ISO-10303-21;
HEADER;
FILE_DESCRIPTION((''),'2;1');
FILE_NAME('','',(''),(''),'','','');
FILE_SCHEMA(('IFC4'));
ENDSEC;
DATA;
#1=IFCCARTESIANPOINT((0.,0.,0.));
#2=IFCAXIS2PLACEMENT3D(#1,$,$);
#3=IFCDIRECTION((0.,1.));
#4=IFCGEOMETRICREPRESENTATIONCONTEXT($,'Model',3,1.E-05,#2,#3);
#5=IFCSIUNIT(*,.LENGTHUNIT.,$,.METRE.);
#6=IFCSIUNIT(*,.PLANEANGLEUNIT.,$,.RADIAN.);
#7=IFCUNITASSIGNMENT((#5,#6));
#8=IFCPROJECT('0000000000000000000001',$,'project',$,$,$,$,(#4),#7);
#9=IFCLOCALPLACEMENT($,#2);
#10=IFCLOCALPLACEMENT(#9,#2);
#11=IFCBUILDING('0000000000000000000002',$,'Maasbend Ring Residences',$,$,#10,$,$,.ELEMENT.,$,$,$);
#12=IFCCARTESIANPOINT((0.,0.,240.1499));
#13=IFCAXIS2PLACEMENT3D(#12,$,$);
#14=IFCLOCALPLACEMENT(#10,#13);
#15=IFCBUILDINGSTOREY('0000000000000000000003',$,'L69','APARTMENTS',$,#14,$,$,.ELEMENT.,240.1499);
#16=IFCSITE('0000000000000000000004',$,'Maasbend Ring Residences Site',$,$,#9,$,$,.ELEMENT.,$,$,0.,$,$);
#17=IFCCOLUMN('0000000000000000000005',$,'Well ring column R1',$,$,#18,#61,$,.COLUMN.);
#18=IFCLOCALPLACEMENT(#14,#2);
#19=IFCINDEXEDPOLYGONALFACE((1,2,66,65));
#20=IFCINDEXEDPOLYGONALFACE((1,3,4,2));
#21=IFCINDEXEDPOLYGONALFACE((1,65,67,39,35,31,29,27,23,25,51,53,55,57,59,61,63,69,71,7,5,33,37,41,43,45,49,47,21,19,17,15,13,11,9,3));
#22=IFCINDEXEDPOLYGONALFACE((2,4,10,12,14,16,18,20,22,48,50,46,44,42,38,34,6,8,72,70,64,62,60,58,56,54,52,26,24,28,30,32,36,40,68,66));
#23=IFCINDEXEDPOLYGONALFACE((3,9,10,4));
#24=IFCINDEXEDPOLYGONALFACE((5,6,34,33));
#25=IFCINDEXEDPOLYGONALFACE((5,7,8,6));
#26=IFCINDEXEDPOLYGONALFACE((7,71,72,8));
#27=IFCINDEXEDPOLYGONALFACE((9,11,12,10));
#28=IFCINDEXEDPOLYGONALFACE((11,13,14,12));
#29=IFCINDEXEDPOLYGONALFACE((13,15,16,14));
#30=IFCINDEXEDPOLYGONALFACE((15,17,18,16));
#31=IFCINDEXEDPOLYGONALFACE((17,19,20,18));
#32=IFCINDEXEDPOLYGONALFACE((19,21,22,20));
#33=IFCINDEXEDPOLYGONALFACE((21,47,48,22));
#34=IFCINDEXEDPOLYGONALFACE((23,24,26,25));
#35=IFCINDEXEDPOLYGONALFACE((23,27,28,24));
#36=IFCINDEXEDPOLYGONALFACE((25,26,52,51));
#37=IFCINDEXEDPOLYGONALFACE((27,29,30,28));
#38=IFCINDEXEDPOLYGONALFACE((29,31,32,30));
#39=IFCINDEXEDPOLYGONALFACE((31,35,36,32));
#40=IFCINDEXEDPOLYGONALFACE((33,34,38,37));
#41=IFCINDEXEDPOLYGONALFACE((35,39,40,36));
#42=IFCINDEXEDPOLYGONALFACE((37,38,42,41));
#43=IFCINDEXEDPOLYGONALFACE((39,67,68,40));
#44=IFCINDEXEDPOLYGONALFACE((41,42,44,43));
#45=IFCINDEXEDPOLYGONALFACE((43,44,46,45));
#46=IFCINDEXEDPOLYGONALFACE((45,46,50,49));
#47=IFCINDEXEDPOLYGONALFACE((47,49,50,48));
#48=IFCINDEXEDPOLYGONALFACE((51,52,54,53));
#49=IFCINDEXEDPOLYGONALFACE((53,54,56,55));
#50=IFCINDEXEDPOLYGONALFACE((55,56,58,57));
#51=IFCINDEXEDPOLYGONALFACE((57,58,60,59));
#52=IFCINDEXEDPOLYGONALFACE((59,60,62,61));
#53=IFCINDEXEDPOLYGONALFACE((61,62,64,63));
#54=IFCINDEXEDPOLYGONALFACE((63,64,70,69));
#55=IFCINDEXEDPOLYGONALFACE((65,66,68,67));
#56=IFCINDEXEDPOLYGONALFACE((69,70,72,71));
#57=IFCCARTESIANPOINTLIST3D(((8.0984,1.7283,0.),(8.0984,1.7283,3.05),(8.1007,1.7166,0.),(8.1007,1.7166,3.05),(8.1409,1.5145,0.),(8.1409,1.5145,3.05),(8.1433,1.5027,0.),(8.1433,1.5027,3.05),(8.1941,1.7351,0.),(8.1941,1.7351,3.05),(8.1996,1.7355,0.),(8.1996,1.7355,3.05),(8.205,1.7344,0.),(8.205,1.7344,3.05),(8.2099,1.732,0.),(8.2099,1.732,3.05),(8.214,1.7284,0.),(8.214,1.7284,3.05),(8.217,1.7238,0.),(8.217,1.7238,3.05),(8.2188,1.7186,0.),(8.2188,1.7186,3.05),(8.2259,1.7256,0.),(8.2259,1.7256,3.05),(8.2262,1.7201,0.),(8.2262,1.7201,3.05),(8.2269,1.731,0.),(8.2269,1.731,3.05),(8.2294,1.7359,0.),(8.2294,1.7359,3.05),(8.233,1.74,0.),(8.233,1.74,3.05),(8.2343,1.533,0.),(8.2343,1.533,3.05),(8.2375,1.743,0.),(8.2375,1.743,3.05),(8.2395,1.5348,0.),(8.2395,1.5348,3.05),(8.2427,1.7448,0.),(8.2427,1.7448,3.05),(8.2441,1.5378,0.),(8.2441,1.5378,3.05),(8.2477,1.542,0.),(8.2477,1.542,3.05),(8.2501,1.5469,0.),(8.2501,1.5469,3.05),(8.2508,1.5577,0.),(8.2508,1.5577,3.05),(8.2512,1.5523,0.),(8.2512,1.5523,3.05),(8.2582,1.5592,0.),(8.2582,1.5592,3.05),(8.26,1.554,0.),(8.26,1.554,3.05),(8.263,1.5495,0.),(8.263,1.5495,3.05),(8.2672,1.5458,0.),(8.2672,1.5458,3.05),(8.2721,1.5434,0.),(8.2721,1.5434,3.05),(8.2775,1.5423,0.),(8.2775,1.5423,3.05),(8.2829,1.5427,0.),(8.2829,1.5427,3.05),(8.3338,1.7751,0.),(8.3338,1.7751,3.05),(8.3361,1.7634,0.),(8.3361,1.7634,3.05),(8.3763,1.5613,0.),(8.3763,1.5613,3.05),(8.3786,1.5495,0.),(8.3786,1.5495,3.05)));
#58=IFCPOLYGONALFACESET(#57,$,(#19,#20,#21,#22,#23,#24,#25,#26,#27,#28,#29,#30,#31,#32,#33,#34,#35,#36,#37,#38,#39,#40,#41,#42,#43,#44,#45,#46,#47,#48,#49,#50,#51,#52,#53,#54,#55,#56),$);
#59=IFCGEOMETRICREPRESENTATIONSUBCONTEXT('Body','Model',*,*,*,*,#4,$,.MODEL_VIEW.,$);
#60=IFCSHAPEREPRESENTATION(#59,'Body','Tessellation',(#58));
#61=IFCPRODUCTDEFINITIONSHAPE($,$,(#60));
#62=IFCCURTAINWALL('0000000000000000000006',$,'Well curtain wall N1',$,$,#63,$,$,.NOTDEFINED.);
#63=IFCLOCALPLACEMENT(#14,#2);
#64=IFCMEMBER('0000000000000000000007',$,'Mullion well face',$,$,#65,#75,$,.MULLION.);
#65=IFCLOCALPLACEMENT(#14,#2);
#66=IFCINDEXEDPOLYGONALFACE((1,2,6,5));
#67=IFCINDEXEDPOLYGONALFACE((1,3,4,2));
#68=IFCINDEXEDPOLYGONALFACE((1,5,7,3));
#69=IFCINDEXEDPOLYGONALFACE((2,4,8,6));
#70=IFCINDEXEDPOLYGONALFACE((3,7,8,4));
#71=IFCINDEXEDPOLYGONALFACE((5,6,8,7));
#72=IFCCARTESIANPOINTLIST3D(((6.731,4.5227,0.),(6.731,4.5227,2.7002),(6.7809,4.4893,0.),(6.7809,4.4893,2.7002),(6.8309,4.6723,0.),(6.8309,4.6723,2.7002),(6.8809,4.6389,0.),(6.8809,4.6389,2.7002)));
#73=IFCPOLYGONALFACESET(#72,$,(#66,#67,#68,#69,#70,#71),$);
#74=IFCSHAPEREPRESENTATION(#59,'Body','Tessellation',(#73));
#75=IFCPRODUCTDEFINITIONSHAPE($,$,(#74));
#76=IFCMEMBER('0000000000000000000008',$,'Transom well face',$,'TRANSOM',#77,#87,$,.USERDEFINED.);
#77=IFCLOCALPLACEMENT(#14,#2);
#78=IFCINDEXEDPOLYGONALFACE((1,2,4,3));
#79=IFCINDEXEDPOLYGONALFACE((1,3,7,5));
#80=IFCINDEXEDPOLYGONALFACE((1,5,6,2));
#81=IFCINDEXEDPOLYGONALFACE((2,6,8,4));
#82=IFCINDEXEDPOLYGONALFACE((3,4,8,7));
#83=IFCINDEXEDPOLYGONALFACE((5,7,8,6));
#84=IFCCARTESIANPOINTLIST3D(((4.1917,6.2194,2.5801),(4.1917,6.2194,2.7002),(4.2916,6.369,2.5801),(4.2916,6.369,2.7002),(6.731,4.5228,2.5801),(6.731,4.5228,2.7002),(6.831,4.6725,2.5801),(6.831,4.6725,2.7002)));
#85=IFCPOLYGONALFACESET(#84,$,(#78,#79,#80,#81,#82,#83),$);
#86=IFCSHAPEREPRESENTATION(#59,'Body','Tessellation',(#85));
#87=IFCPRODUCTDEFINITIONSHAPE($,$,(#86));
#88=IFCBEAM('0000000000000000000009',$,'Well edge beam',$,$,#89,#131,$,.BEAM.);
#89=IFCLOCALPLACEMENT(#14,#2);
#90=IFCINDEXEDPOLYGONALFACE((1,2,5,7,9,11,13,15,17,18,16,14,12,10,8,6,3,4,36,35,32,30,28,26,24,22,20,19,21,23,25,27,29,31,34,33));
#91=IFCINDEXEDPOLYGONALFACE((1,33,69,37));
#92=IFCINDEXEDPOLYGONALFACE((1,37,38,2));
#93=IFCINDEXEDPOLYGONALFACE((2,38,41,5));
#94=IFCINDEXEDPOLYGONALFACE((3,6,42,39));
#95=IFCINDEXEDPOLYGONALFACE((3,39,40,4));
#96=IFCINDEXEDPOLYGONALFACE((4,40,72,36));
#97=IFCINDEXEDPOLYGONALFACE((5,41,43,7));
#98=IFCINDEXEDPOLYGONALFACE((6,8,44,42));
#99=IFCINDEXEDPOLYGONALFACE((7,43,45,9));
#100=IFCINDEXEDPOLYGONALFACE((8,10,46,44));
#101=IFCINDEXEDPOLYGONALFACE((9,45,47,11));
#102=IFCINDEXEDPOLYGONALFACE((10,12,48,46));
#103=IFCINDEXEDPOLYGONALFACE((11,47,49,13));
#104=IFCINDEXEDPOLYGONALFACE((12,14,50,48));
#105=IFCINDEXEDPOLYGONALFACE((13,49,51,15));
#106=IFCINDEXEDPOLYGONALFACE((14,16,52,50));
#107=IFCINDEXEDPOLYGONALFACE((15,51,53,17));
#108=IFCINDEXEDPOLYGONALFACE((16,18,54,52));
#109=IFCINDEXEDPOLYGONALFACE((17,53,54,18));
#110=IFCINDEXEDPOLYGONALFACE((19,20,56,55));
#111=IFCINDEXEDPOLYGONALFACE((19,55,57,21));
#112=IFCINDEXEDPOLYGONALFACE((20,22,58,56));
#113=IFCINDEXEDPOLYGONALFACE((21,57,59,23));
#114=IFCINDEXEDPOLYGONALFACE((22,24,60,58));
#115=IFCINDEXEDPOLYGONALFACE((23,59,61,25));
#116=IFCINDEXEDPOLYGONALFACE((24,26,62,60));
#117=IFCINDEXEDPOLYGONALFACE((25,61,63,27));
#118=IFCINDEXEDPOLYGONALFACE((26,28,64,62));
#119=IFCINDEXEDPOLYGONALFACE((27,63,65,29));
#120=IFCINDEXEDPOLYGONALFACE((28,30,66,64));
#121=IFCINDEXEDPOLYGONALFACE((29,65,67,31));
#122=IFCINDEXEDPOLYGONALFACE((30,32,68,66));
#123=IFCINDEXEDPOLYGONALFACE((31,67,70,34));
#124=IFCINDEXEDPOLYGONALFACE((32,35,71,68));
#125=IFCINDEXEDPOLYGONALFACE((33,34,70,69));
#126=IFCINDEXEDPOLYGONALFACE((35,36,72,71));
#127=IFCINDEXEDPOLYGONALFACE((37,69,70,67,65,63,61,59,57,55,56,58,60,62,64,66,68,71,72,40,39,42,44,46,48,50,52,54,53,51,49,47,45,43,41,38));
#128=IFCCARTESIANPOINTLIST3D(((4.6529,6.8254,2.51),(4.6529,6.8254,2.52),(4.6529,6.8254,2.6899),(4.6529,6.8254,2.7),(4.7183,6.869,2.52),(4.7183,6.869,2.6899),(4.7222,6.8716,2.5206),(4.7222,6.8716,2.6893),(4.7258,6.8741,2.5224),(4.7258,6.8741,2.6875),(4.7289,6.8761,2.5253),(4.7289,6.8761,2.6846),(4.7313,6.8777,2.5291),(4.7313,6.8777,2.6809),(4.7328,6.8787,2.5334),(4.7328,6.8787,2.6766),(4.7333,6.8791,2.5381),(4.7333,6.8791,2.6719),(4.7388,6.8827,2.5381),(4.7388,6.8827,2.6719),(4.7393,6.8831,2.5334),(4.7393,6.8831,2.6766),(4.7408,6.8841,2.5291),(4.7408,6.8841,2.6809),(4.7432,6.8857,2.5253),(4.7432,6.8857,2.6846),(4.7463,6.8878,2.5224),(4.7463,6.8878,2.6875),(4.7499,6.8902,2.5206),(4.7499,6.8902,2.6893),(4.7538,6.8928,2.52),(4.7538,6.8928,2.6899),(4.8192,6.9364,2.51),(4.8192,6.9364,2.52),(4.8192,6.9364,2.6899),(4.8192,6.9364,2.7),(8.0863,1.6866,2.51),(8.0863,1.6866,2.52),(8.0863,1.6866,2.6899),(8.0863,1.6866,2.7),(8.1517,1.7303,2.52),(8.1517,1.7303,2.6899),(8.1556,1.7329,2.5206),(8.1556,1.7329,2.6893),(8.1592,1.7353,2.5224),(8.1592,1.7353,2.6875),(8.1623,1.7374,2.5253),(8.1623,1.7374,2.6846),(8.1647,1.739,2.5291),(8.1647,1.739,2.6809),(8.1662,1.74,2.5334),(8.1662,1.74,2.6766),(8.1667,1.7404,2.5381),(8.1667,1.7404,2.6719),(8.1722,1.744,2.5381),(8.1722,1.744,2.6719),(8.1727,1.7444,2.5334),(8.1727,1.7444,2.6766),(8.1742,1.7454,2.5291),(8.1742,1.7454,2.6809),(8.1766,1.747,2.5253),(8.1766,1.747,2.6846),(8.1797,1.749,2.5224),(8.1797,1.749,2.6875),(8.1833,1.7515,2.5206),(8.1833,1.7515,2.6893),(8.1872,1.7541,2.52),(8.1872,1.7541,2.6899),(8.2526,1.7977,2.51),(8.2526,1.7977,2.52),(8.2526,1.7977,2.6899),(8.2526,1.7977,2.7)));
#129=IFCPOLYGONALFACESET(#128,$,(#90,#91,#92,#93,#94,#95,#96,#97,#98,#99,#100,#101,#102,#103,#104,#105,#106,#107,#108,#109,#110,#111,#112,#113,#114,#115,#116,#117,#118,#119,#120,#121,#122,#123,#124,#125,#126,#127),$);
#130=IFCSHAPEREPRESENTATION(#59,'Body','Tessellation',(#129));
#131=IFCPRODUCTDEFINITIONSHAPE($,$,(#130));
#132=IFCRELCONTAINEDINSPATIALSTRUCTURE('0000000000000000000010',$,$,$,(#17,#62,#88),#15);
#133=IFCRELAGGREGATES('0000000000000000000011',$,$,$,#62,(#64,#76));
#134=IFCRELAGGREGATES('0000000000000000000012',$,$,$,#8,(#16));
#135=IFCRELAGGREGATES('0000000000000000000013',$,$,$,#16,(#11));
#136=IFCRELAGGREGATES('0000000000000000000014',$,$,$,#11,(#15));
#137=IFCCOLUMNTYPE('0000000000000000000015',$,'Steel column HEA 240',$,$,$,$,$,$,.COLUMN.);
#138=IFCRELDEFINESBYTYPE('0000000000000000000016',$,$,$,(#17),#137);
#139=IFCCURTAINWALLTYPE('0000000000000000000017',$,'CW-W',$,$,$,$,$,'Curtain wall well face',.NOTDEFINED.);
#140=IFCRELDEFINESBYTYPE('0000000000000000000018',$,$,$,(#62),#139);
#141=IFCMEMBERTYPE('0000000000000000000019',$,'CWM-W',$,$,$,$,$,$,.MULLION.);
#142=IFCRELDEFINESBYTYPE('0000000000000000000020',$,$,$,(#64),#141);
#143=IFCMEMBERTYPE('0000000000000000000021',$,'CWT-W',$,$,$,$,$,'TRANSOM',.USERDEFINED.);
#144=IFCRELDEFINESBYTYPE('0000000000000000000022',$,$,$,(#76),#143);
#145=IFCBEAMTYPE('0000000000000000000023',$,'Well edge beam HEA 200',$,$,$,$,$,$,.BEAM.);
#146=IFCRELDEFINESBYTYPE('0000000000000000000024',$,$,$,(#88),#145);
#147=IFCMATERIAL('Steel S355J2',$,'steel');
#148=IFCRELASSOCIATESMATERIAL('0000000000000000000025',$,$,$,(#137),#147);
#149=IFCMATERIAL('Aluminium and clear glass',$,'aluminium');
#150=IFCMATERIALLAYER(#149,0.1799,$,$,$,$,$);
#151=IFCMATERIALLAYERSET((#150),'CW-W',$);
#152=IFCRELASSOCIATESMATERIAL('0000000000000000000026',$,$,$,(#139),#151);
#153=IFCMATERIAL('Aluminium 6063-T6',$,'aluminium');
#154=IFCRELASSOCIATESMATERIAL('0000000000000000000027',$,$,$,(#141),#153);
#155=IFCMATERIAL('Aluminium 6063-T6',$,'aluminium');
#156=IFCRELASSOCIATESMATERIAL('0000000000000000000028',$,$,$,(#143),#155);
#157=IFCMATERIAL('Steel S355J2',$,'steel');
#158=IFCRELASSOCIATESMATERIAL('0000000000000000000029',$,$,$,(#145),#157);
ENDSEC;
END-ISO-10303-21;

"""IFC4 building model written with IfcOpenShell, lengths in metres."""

from ifc_helpers import new_model, si_unit, direction, frame, origin, origin_2d, place, context, subcontext, project, spatial, rectangle, i_section, extrude, material, layer, layer_set, material_profile, profile_set, type_object, element, aggregate, save


model = new_model("IFC4")

# Units and contexts
model_context = context("Model", 3, precision=1e-05, world=origin(), true_north=direction((0.0, 1.0)))
body_context = subcontext(model_context, "Body", "Model", "MODEL_VIEW")
ifc_project = project(units=[si_unit("LENGTHUNIT", "METRE"), si_unit("PLANEANGLEUNIT", "RADIAN")], contexts=[model_context])

# Site, building, storey
site_placement = place(None, origin())
site = spatial("IfcSite", under=ifc_project, at=site_placement, Name="Maasbend Ring Residences Site", CompositionType="ELEMENT", RefElevation=0.0)
building_placement = place(site_placement, origin())
building = spatial("IfcBuilding", under=site, at=building_placement, Name="Maasbend Ring Residences", CompositionType="ELEMENT")
storey_placement = place(building_placement, frame((0.0, 0.0, 240.1499)))
storey = spatial("IfcBuildingStorey", under=building, at=storey_placement, Name="L69", Description="APARTMENTS", CompositionType="ELEMENT", Elevation=240.1499)

# Column
ifc_material_1 = material(Name="Steel S355J2", Category="steel")
ifc_material_profile_1 = material_profile(ifc_material_1, i_section(OverallWidth=0.24, OverallDepth=0.23, WebThickness=0.0076, FlangeThickness=0.012, FilletRadius=0.021, at=origin_2d()), Name="HEA 240")
ifc_profile_set_1 = profile_set([ifc_material_profile_1], Name="Steel S355J2")
column_type = type_object("IfcColumnType", Name="Steel column HEA 240", PredefinedType="COLUMN", material=ifc_profile_set_1)
column_placement = place(storey_placement, frame((8.2385, 1.6389, 0.0), z_axis=(0.0, 0.0, 1.0), x_axis=(0.980785, 0.19509, 0.0)))
element("IfcColumn", 1, at=column_placement, inside=storey, type_object=column_type, Name="Well ring column R1", PredefinedType="COLUMN", context=body_context, shape_type="SweptSolid", body=[
    extrude(i_section(OverallWidth=0.24, OverallDepth=0.23, WebThickness=0.0076, FlangeThickness=0.012, FilletRadius=0.021, at=origin_2d()), origin(), (0.0, 0.0, 1.0), 3.05),
])

# Curtain wall, members
ifc_material_2 = material(Name="Aluminium and clear glass", Category="aluminium")
ifc_layer_1 = layer(ifc_material_2, 0.1799)
ifc_layer_set_1 = layer_set([ifc_layer_1], Name="CW-W")
curtain_wall_type = type_object("IfcCurtainWallType", Name="CW-W", ElementType="Curtain wall well face", PredefinedType="NOTDEFINED", material=ifc_layer_set_1)
curtain_wall_placement = place(storey_placement, origin())
curtain_wall = element("IfcCurtainWall", 2, at=curtain_wall_placement, inside=storey, type_object=curtain_wall_type, Name="Well curtain wall N1", PredefinedType="NOTDEFINED")
ifc_material_3 = material(Name="Aluminium 6063-T6", Category="aluminium")
ifc_material_profile_2 = material_profile(ifc_material_3, rectangle(XDim=0.1799, YDim=0.0601, at=origin_2d()), Name="AL 180x60")
ifc_profile_set_2 = profile_set([ifc_material_profile_2], Name="Aluminium 6063-T6")
member_type_1 = type_object("IfcMemberType", Name="CWM-W", PredefinedType="MULLION", material=ifc_profile_set_2)
member_1_placement = place(storey_placement, frame((6.8059, 4.5808, 0.0), z_axis=(0.0, 0.0, 1.0), x_axis=(-0.55557, -0.83147, 0.0)))
member_1 = element("IfcMember", 3, at=member_1_placement, type_object=member_type_1, Name="Mullion well face", PredefinedType="MULLION", context=body_context, shape_type="SweptSolid", body=[
    extrude(rectangle(XDim=0.1799, YDim=0.0601, at=origin_2d()), origin(), (0.0, 0.0, 1.0), 2.7002),
])
ifc_material_4 = material(Name="Aluminium 6063-T6", Category="aluminium")
ifc_material_profile_3 = material_profile(ifc_material_4, rectangle(XDim=0.1799, YDim=0.1201, at=origin_2d()), Name="AL 180x120")
ifc_profile_set_3 = profile_set([ifc_material_profile_3], Name="Aluminium 6063-T6")
member_type_2 = type_object("IfcMemberType", Name="CWT-W", ElementType="TRANSOM", PredefinedType="USERDEFINED", material=ifc_profile_set_3)
member_2_placement = place(storey_placement, frame((6.781, 4.5977, 2.6401), z_axis=(-0.831496, 0.55553, 0.0), x_axis=(-0.55553, -0.831496, 0.0)))
member_2 = element("IfcMember", 4, at=member_2_placement, type_object=member_type_2, Name="Transom well face", ObjectType="TRANSOM", PredefinedType="USERDEFINED", context=body_context, shape_type="SweptSolid", body=[
    extrude(rectangle(XDim=0.1799, YDim=0.1201, at=origin_2d()), origin(), (0.0, 0.0, 1.0), 3.054),
])
aggregate(curtain_wall, [member_1, member_2])

# Beam
ifc_material_5 = material(Name="Steel S355J2", Category="steel")
ifc_material_profile_4 = material_profile(ifc_material_5, i_section(OverallWidth=0.2, OverallDepth=0.1899, WebThickness=0.0066, FlangeThickness=0.01, FilletRadius=0.0181, at=origin_2d()), Name="HEA 200")
ifc_profile_set_4 = profile_set([ifc_material_profile_4], Name="Steel S355J2")
beam_type = type_object("IfcBeamType", Name="Well edge beam HEA 200", PredefinedType="BEAM", material=ifc_profile_set_4)
beam_placement = place(storey_placement, frame((8.1694, 1.7422, 2.605), z_axis=(-0.555548, 0.831485, 0.0), x_axis=(-0.831485, -0.555548, 0.0)))
element("IfcBeam", 5, at=beam_placement, inside=storey, type_object=beam_type, Name="Well edge beam", PredefinedType="BEAM", context=body_context, shape_type="SweptSolid", body=[
    extrude(i_section(OverallWidth=0.2, OverallDepth=0.1899, WebThickness=0.0066, FlangeThickness=0.01, FilletRadius=0.0181, at=origin_2d()), origin(), (0.0, 0.0, 1.0), 6.1802),
])

save(model, "model.ifc")
